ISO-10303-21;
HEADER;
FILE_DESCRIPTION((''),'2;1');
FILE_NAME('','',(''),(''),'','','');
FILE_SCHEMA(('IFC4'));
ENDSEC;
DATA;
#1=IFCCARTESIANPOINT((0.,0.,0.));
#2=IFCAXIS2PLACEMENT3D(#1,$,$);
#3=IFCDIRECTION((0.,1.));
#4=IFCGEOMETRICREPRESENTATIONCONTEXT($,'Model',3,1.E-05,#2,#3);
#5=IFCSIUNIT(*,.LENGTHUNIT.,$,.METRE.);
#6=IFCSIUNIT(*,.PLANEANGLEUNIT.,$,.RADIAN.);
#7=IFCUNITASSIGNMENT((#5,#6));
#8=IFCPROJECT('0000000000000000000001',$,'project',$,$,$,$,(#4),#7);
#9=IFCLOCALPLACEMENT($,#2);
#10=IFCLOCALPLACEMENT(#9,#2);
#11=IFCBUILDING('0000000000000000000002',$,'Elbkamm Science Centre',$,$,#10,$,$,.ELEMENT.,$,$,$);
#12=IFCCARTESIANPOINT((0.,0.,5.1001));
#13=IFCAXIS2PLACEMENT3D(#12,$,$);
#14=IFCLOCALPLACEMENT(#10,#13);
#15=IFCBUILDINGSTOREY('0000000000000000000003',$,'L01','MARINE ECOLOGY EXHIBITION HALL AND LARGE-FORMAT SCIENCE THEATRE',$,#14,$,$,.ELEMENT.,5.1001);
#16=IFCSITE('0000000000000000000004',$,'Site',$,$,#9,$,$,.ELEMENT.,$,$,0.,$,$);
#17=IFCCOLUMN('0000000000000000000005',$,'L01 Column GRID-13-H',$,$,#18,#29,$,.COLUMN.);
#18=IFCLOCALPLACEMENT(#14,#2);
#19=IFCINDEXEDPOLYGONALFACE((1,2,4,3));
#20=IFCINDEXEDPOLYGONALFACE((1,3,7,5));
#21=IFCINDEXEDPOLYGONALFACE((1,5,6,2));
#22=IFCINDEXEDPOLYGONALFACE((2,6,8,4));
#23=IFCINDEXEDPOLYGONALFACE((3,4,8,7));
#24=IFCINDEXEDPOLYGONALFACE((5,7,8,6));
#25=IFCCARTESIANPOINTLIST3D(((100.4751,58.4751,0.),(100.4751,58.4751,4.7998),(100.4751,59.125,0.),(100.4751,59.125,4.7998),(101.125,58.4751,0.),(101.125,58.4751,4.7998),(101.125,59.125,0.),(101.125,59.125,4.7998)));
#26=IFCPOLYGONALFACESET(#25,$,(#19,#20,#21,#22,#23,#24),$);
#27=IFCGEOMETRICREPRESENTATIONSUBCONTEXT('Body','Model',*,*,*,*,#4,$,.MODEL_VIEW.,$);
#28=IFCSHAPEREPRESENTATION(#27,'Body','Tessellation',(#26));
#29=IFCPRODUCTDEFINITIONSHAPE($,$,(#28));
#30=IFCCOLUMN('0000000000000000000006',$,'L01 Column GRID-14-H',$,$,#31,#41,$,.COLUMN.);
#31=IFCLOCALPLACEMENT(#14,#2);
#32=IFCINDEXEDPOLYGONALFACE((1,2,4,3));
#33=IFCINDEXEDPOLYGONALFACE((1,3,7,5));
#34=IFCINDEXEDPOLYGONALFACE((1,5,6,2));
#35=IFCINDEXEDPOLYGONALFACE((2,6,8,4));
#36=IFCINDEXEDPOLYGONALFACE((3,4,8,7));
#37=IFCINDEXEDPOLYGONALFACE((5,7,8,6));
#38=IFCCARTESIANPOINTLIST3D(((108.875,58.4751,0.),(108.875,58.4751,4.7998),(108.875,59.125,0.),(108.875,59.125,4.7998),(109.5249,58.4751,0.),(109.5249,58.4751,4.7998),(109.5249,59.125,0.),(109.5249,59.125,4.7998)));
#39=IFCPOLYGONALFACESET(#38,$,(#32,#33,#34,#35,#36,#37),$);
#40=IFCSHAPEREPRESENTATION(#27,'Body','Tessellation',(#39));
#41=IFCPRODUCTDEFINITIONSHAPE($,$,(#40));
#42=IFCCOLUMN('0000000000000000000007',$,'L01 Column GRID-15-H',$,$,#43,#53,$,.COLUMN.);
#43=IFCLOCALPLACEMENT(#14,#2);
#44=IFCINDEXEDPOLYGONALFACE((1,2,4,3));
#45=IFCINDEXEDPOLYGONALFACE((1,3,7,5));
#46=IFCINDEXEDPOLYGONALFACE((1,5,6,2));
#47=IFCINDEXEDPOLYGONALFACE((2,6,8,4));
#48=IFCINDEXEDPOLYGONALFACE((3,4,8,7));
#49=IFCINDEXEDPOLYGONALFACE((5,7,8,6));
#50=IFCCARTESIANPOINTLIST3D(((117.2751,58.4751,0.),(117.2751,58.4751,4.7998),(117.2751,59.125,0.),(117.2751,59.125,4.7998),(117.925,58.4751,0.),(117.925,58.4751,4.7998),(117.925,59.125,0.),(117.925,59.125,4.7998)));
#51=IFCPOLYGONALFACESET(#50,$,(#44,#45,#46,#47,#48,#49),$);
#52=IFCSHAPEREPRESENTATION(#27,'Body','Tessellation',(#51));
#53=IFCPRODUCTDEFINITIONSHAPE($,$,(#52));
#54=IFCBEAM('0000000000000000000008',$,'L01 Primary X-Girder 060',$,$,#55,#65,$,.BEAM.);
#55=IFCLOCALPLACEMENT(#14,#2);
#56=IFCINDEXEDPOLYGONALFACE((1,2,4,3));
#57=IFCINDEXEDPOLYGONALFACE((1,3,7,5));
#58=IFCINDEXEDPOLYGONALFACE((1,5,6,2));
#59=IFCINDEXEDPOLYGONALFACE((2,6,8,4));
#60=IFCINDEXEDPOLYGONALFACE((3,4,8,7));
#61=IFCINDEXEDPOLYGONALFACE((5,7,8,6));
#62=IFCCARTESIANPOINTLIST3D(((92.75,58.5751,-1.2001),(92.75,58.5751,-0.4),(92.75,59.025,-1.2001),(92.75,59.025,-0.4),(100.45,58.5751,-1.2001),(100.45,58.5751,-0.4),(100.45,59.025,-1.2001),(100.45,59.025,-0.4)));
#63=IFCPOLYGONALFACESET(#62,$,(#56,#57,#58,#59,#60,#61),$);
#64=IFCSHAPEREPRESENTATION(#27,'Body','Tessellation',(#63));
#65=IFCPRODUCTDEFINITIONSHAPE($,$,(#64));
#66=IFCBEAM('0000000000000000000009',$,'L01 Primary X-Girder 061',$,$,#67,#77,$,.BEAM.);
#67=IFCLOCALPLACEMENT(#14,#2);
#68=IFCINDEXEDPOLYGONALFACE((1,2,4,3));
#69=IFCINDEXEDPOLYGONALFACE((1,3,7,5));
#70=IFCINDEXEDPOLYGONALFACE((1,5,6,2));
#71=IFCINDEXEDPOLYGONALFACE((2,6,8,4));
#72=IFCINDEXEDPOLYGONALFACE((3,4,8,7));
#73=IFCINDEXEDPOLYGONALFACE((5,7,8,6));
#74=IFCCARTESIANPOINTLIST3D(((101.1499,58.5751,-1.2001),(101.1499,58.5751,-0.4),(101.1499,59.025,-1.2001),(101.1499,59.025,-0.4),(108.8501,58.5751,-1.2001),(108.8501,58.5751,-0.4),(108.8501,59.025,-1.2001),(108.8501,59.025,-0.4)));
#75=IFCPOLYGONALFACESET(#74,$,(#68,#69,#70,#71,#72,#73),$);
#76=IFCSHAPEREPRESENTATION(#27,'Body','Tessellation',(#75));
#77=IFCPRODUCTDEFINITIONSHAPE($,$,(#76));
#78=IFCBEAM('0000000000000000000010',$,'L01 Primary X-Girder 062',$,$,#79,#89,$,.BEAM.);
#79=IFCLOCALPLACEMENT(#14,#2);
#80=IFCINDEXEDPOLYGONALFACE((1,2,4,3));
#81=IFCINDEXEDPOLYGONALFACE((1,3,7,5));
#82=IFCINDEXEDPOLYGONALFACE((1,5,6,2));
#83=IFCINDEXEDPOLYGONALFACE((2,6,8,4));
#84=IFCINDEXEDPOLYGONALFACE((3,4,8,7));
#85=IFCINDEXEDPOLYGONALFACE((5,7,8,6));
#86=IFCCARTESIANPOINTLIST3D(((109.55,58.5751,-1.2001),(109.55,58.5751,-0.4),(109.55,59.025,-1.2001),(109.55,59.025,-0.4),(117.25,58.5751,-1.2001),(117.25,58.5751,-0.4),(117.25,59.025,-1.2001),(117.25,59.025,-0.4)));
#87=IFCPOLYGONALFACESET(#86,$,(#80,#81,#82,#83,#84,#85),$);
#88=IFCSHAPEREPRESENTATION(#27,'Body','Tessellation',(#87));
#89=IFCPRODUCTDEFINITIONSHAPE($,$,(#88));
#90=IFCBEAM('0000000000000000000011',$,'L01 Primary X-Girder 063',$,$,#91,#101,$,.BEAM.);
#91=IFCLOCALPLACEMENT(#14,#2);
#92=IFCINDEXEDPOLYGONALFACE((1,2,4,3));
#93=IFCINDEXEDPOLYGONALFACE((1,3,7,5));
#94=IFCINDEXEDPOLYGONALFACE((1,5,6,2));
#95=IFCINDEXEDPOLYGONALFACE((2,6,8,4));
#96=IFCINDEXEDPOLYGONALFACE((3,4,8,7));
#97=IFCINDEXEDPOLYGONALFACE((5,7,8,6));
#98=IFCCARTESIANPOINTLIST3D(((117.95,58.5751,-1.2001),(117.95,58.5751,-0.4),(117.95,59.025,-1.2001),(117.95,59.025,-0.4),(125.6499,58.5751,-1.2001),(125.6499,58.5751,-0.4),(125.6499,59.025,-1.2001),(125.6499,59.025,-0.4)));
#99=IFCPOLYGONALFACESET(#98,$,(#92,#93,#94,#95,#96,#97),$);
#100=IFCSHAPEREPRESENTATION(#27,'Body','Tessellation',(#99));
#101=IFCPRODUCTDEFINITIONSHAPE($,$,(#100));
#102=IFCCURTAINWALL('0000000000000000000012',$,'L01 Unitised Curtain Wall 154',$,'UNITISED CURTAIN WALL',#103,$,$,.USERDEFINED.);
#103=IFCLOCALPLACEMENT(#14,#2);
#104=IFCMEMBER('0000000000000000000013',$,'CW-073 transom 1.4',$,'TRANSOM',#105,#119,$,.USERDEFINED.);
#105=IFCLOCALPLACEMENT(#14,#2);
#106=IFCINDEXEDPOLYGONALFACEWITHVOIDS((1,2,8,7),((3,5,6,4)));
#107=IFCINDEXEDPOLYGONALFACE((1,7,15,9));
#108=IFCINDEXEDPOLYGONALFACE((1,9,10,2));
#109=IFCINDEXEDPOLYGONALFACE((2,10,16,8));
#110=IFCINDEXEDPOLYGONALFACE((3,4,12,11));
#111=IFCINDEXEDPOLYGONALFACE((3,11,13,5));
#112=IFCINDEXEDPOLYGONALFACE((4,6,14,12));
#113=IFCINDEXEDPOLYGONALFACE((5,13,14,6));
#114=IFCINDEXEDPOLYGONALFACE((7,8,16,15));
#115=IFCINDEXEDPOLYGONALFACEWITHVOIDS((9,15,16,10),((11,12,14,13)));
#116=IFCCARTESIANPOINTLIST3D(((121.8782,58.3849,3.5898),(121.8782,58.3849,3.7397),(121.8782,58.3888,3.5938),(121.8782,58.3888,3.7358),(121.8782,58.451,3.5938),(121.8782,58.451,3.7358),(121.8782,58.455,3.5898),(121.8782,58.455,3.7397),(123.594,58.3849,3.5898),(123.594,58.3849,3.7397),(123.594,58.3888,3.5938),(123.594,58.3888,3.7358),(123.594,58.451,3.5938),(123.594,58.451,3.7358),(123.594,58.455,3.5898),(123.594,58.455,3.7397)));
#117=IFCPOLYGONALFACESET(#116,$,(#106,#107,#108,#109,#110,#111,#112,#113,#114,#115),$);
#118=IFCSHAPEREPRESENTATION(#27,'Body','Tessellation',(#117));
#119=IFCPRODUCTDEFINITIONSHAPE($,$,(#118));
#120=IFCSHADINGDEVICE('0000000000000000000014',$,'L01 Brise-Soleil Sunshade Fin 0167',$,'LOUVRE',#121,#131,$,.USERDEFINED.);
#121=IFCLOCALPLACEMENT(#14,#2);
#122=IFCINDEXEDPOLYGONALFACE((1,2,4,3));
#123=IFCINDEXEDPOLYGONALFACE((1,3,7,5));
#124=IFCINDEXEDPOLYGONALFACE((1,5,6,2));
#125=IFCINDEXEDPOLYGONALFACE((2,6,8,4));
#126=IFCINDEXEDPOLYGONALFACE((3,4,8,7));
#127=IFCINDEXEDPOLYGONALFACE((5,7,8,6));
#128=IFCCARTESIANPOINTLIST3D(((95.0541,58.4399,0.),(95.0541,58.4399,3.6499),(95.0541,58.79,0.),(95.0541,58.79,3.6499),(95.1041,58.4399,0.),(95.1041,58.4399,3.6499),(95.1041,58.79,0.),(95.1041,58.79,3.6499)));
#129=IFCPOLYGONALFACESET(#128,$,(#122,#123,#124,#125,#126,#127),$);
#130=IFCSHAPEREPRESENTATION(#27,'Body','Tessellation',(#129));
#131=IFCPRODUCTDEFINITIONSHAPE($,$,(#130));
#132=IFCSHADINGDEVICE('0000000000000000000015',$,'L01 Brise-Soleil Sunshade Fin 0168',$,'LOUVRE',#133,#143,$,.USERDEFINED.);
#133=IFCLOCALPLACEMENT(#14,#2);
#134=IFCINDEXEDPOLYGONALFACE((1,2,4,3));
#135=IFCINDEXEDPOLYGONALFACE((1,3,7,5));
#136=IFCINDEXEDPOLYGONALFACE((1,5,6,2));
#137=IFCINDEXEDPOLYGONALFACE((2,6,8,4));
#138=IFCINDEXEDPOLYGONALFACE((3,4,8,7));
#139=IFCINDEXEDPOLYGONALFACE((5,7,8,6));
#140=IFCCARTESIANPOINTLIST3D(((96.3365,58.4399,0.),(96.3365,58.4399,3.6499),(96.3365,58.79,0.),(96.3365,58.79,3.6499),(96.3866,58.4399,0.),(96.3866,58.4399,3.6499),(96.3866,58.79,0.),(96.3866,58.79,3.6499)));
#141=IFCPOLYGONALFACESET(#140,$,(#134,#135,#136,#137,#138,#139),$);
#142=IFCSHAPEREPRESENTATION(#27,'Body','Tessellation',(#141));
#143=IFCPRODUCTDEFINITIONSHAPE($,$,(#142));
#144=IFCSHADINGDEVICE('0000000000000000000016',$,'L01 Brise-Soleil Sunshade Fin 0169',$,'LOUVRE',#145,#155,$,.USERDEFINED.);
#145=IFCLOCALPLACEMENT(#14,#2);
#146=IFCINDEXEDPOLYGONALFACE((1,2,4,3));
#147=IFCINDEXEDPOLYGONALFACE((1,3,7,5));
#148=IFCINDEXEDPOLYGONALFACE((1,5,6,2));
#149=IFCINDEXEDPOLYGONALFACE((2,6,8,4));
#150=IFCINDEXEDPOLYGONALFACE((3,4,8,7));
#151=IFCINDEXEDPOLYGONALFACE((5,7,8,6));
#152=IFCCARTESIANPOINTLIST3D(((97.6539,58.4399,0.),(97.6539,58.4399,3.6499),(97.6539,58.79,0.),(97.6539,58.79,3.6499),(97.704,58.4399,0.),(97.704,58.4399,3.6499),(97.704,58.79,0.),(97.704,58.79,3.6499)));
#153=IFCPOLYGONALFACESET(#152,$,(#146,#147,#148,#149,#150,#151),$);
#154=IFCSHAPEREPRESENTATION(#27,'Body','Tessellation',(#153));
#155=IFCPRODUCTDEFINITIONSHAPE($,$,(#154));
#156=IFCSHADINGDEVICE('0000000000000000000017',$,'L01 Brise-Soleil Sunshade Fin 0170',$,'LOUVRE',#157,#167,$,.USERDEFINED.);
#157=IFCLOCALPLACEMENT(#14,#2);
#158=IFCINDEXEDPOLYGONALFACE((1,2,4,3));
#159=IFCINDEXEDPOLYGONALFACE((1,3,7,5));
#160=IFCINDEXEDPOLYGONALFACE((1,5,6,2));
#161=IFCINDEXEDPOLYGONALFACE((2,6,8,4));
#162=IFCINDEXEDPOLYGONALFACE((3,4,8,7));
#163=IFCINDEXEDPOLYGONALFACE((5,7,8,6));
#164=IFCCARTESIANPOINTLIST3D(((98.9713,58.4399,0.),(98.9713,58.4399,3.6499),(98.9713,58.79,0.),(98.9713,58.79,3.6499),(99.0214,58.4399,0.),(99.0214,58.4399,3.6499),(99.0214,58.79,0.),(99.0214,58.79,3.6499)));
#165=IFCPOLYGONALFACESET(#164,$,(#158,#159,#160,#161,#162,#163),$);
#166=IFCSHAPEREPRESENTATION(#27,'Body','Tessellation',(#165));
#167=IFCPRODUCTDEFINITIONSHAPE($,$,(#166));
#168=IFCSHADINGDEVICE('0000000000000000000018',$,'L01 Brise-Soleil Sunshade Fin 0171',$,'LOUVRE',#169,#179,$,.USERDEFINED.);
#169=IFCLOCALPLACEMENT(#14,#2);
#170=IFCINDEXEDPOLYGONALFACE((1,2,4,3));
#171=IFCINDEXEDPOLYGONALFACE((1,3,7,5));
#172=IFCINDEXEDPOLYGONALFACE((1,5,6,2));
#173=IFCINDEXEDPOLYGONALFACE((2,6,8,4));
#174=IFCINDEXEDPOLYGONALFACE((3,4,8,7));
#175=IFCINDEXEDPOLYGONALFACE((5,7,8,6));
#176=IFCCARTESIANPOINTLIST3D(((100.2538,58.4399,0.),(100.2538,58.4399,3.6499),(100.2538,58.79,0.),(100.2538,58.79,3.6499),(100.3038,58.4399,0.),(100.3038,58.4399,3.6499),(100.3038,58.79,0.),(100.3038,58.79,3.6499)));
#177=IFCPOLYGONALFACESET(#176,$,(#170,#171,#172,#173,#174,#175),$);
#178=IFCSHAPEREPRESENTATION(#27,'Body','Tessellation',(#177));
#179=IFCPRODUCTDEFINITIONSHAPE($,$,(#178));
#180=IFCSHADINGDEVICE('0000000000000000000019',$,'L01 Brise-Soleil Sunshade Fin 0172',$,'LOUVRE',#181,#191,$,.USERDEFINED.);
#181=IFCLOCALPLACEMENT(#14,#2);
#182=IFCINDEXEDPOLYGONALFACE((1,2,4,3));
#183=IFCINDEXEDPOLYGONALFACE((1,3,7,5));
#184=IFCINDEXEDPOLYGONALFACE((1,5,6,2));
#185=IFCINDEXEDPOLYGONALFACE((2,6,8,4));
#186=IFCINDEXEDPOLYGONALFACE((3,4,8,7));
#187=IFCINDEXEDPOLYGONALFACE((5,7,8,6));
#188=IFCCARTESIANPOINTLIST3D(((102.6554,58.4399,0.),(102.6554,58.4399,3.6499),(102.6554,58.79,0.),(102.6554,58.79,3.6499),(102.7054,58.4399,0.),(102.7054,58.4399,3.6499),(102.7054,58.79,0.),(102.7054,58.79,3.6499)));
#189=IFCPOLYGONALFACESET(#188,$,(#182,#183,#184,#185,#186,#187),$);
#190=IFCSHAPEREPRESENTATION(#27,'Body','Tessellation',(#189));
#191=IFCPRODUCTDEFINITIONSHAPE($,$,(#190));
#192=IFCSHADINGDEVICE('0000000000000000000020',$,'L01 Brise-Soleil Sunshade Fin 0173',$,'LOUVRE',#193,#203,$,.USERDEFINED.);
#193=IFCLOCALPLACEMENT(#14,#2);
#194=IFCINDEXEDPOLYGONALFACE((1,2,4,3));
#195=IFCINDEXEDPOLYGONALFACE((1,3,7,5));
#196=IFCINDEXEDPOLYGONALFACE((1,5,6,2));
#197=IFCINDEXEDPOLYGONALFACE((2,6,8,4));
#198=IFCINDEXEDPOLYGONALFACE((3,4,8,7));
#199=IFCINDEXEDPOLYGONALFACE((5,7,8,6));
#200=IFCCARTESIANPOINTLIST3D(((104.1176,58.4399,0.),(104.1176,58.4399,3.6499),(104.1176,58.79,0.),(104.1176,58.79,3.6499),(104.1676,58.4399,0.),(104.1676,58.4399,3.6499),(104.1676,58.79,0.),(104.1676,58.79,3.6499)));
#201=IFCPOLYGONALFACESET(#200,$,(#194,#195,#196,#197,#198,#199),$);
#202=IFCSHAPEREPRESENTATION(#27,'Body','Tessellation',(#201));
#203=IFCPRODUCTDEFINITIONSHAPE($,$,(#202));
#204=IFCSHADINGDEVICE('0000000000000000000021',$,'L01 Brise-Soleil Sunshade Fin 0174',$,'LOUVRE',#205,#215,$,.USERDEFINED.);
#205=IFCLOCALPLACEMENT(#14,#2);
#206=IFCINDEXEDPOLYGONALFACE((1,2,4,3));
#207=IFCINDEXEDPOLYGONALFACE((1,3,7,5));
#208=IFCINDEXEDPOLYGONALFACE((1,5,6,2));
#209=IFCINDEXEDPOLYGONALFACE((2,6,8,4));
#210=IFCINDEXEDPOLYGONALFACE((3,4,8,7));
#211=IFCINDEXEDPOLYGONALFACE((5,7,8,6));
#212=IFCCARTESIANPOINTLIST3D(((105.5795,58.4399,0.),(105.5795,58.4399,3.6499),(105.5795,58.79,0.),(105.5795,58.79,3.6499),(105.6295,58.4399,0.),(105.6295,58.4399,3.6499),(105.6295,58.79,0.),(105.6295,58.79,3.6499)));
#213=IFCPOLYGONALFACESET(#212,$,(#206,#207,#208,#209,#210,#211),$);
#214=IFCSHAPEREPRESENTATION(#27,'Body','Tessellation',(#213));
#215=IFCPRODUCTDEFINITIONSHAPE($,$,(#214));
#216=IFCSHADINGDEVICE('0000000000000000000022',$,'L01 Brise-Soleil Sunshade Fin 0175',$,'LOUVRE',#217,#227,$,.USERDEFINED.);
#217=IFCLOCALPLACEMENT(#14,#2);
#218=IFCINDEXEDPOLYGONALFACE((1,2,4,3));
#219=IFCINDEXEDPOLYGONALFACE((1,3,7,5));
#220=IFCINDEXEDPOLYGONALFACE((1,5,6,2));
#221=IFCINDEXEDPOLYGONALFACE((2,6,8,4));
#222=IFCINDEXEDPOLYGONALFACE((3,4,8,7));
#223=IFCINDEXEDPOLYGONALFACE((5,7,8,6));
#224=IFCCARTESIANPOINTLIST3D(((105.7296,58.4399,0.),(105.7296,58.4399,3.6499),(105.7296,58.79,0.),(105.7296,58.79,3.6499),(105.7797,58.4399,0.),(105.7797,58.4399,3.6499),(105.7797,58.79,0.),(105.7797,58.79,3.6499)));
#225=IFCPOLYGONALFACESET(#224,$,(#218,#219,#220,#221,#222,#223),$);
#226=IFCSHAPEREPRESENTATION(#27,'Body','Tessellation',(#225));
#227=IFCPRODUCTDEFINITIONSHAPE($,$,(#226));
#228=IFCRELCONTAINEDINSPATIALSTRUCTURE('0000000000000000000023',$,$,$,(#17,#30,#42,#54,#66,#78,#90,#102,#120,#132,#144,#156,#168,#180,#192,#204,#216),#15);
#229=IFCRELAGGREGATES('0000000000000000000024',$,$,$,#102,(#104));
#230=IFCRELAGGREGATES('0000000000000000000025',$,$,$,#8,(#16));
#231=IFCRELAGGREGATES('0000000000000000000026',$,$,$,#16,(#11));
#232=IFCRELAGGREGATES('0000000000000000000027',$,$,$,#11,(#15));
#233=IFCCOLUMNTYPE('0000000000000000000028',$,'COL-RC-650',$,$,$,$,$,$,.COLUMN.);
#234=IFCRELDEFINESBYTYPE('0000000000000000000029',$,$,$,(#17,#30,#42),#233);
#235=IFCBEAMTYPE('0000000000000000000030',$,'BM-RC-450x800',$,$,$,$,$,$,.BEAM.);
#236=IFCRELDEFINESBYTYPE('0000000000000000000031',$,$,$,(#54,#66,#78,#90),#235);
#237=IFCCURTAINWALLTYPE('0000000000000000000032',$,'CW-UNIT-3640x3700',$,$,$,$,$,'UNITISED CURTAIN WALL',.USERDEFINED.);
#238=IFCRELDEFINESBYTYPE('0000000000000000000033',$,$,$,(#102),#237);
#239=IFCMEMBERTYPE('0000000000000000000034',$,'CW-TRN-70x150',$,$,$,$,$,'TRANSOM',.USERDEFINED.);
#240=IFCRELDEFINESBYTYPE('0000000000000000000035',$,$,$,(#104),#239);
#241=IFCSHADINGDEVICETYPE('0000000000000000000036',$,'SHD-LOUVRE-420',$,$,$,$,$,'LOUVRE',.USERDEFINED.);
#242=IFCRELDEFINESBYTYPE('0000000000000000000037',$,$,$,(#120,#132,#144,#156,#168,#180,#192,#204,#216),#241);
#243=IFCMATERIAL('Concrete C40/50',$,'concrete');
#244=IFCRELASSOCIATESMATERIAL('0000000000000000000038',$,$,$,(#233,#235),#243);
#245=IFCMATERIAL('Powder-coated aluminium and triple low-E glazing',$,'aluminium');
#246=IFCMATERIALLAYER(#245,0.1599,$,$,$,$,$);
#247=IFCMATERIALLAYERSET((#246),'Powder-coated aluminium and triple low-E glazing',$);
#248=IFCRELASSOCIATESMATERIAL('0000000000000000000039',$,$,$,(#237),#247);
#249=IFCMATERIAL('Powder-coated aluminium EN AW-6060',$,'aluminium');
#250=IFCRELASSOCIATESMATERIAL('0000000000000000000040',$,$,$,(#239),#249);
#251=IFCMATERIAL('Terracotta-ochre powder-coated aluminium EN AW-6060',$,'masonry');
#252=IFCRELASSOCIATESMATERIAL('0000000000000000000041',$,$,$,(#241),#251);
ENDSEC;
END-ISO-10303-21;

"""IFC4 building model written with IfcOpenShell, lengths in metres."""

from ifc_helpers import new_model, si_unit, direction, frame, origin, origin_2d, place, context, subcontext, project, spatial, rectangle, hollow_rectangle, extrude, material, layer, layer_set, material_profile, profile_set, type_object, element, aggregate, save


model = new_model("IFC4")

# Units and contexts
model_context = context("Model", 3, precision=1e-05, world=origin(), true_north=direction((0.0, 1.0)))
body_context = subcontext(model_context, "Body", "Model", "MODEL_VIEW")
ifc_project = project(units=[si_unit("LENGTHUNIT", "METRE"), si_unit("PLANEANGLEUNIT", "RADIAN")], contexts=[model_context])

# Site, building, storey
site_placement = place(None, origin())
site = spatial("IfcSite", under=ifc_project, at=site_placement, Name="Site", CompositionType="ELEMENT", RefElevation=0.0)
building_placement = place(site_placement, origin())
building = spatial("IfcBuilding", under=site, at=building_placement, Name="Elbkamm Science Centre", CompositionType="ELEMENT")
storey_placement = place(building_placement, frame((0.0, 0.0, 5.1001)))
storey = spatial("IfcBuildingStorey", under=building, at=storey_placement, Name="L01", Description="MARINE ECOLOGY EXHIBITION HALL AND LARGE-FORMAT SCIENCE THEATRE", CompositionType="ELEMENT", Elevation=5.1001)

# Columns
ifc_material_1 = material(Name="Concrete C40/50", Category="concrete")
ifc_material_profile_1 = material_profile(ifc_material_1, rectangle(XDim=0.6499, YDim=0.6499, at=origin_2d()), Name="RC 650x650")
ifc_profile_set_1 = profile_set([ifc_material_profile_1], Name="Concrete C40/50")
column_type = type_object("IfcColumnType", Name="COL-RC-650", PredefinedType="COLUMN", material=ifc_profile_set_1)
for number, where, z_axis, x_axis, name in (
    (1, (100.8, 58.8, 0.0), (0.0, 0.0, 1.0), (1.0, 0.0, 0.0), "L01 Column GRID-13-H"),
    (2, (109.2, 58.8, 0.0), (0.0, 0.0, 1.0), (1.0, 0.0, 0.0), "L01 Column GRID-14-H"),
    (3, (117.6001, 58.8, 0.0), (0.0, 0.0, 1.0), (1.0, 0.0, 0.0), "L01 Column GRID-15-H"),
):
    element("IfcColumn", number, at=place(storey_placement, frame(where, z_axis=z_axis, x_axis=x_axis)), inside=storey, type_object=column_type, Name=name, PredefinedType="COLUMN", context=body_context, shape_type="SweptSolid", body=[
        extrude(rectangle(XDim=0.6499, YDim=0.6499, at=origin_2d()), origin(), (0.0, 0.0, 1.0), 4.7998),
    ])

# Beams
ifc_material_profile_2 = material_profile(ifc_material_1, rectangle(XDim=0.45, YDim=0.8, at=origin_2d()), Name="RC 450x800")
ifc_profile_set_2 = profile_set([ifc_material_profile_2], Name="Concrete C40/50")
beam_type = type_object("IfcBeamType", Name="BM-RC-450x800", PredefinedType="BEAM", material=ifc_profile_set_2)
beam_1_placement = place(storey_placement, frame((92.75, 58.8, -0.8), z_axis=(1.0, 0.0, 0.0), x_axis=(0.0, 1.0, 0.0)))
element("IfcBeam", 4, at=beam_1_placement, inside=storey, type_object=beam_type, Name="L01 Primary X-Girder 060", PredefinedType="BEAM", context=body_context, shape_type="SweptSolid", body=[
    extrude(rectangle(XDim=0.45, YDim=0.8, at=origin_2d()), origin(), (0.0, 0.0, 1.0), 7.7),
])
beam_2_placement = place(storey_placement, frame((101.1499, 58.8, -0.8), z_axis=(1.0, 0.0, 0.0), x_axis=(0.0, 1.0, 0.0)))
element("IfcBeam", 5, at=beam_2_placement, inside=storey, type_object=beam_type, Name="L01 Primary X-Girder 061", PredefinedType="BEAM", context=body_context, shape_type="SweptSolid", body=[
    extrude(rectangle(XDim=0.45, YDim=0.8, at=origin_2d()), origin(), (0.0, 0.0, 1.0), 7.7002),
])
for number, where, z_axis, x_axis, name in (
    (6, (109.55, 58.8, -0.8), (1.0, 0.0, 0.0), (0.0, 1.0, 0.0), "L01 Primary X-Girder 062"),
    (7, (117.95, 58.8, -0.8), (1.0, 0.0, 0.0), (0.0, 1.0, 0.0), "L01 Primary X-Girder 063"),
):
    element("IfcBeam", number, at=place(storey_placement, frame(where, z_axis=z_axis, x_axis=x_axis)), inside=storey, type_object=beam_type, Name=name, PredefinedType="BEAM", context=body_context, shape_type="SweptSolid", body=[
        extrude(rectangle(XDim=0.45, YDim=0.8, at=origin_2d()), origin(), (0.0, 0.0, 1.0), 7.7),
    ])

# Curtain wall, member
ifc_material_2 = material(Name="Powder-coated aluminium and triple low-E glazing", Category="aluminium")
ifc_layer = layer(ifc_material_2, 0.1599)
ifc_layer_set = layer_set([ifc_layer], Name="Powder-coated aluminium and triple low-E glazing")
curtain_wall_type = type_object("IfcCurtainWallType", Name="CW-UNIT-3640x3700", ElementType="UNITISED CURTAIN WALL", PredefinedType="USERDEFINED", material=ifc_layer_set)
curtain_wall_placement = place(storey_placement, origin())
curtain_wall = element("IfcCurtainWall", 8, at=curtain_wall_placement, inside=storey, type_object=curtain_wall_type, Name="L01 Unitised Curtain Wall 154", ObjectType="UNITISED CURTAIN WALL", PredefinedType="USERDEFINED")
ifc_material_3 = material(Name="Powder-coated aluminium EN AW-6060", Category="aluminium")
ifc_material_profile_3 = material_profile(ifc_material_3, hollow_rectangle(XDim=0.0701, YDim=0.1499, WallThickness=0.0039, at=origin_2d()), Name="ALU T70x150")
ifc_profile_set_3 = profile_set([ifc_material_profile_3], Name="Powder-coated aluminium EN AW-6060")
member_type = type_object("IfcMemberType", Name="CW-TRN-70x150", ElementType="TRANSOM", PredefinedType="USERDEFINED", material=ifc_profile_set_3)
member_placement = place(storey_placement, frame((121.8782, 58.4199, 3.6648), z_axis=(1.0, 0.0, 0.0), x_axis=(0.0, 1.0, 0.0)))
member = element("IfcMember", 9, at=member_placement, type_object=member_type, Name="CW-073 transom 1.4", ObjectType="TRANSOM", PredefinedType="USERDEFINED", context=body_context, shape_type="SweptSolid", body=[
    extrude(hollow_rectangle(XDim=0.0701, YDim=0.1499, WallThickness=0.0039, at=origin_2d()), origin(), (0.0, 0.0, 1.0), 1.7158),
])
aggregate(curtain_wall, [member])

# Shading devices
ifc_material_4 = material(Name="Terracotta-ochre powder-coated aluminium EN AW-6060", Category="masonry")
shading_device_type = type_object("IfcShadingDeviceType", Name="SHD-LOUVRE-420", ElementType="LOUVRE", PredefinedType="USERDEFINED", material=ifc_material_4)
for number, where, z_axis, x_axis, name in (
    (10, (95.0791, 58.615, 0.0), (0.0, 0.0, 1.0), (0.0, 1.0, 0.0), "L01 Brise-Soleil Sunshade Fin 0167"),
    (11, (96.3616, 58.615, 0.0), (0.0, 0.0, 1.0), (0.0, 1.0, 0.0), "L01 Brise-Soleil Sunshade Fin 0168"),
    (12, (97.679, 58.615, 0.0), (0.0, 0.0, 1.0), (0.0, 1.0, 0.0), "L01 Brise-Soleil Sunshade Fin 0169"),
    (13, (98.9963, 58.615, 0.0), (0.0, 0.0, 1.0), (0.0, 1.0, 0.0), "L01 Brise-Soleil Sunshade Fin 0170"),
    (14, (100.2788, 58.615, 0.0), (0.0, 0.0, 1.0), (0.0, 1.0, 0.0), "L01 Brise-Soleil Sunshade Fin 0171"),
    (15, (102.6804, 58.615, 0.0), (0.0, 0.0, 1.0), (0.0, 1.0, 0.0), "L01 Brise-Soleil Sunshade Fin 0172"),
    (16, (104.1426, 58.615, 0.0), (0.0, 0.0, 1.0), (0.0, 1.0, 0.0), "L01 Brise-Soleil Sunshade Fin 0173"),
    (17, (105.6045, 58.615, 0.0), (0.0, 0.0, 1.0), (0.0, 1.0, 0.0), "L01 Brise-Soleil Sunshade Fin 0174"),
    (18, (105.7546, 58.615, 0.0), (0.0, 0.0, 1.0), (0.0, 1.0, 0.0), "L01 Brise-Soleil Sunshade Fin 0175"),
):
    element("IfcShadingDevice", number, at=place(storey_placement, frame(where, z_axis=z_axis, x_axis=x_axis)), inside=storey, type_object=shading_device_type, Name=name, ObjectType="LOUVRE", PredefinedType="USERDEFINED", context=body_context, shape_type="SweptSolid", body=[
        extrude(rectangle(XDim=0.3501, YDim=0.05, at=origin_2d()), origin(), (0.0, 0.0, 1.0), 3.6499),
    ])

save(model, "model.ifc")
